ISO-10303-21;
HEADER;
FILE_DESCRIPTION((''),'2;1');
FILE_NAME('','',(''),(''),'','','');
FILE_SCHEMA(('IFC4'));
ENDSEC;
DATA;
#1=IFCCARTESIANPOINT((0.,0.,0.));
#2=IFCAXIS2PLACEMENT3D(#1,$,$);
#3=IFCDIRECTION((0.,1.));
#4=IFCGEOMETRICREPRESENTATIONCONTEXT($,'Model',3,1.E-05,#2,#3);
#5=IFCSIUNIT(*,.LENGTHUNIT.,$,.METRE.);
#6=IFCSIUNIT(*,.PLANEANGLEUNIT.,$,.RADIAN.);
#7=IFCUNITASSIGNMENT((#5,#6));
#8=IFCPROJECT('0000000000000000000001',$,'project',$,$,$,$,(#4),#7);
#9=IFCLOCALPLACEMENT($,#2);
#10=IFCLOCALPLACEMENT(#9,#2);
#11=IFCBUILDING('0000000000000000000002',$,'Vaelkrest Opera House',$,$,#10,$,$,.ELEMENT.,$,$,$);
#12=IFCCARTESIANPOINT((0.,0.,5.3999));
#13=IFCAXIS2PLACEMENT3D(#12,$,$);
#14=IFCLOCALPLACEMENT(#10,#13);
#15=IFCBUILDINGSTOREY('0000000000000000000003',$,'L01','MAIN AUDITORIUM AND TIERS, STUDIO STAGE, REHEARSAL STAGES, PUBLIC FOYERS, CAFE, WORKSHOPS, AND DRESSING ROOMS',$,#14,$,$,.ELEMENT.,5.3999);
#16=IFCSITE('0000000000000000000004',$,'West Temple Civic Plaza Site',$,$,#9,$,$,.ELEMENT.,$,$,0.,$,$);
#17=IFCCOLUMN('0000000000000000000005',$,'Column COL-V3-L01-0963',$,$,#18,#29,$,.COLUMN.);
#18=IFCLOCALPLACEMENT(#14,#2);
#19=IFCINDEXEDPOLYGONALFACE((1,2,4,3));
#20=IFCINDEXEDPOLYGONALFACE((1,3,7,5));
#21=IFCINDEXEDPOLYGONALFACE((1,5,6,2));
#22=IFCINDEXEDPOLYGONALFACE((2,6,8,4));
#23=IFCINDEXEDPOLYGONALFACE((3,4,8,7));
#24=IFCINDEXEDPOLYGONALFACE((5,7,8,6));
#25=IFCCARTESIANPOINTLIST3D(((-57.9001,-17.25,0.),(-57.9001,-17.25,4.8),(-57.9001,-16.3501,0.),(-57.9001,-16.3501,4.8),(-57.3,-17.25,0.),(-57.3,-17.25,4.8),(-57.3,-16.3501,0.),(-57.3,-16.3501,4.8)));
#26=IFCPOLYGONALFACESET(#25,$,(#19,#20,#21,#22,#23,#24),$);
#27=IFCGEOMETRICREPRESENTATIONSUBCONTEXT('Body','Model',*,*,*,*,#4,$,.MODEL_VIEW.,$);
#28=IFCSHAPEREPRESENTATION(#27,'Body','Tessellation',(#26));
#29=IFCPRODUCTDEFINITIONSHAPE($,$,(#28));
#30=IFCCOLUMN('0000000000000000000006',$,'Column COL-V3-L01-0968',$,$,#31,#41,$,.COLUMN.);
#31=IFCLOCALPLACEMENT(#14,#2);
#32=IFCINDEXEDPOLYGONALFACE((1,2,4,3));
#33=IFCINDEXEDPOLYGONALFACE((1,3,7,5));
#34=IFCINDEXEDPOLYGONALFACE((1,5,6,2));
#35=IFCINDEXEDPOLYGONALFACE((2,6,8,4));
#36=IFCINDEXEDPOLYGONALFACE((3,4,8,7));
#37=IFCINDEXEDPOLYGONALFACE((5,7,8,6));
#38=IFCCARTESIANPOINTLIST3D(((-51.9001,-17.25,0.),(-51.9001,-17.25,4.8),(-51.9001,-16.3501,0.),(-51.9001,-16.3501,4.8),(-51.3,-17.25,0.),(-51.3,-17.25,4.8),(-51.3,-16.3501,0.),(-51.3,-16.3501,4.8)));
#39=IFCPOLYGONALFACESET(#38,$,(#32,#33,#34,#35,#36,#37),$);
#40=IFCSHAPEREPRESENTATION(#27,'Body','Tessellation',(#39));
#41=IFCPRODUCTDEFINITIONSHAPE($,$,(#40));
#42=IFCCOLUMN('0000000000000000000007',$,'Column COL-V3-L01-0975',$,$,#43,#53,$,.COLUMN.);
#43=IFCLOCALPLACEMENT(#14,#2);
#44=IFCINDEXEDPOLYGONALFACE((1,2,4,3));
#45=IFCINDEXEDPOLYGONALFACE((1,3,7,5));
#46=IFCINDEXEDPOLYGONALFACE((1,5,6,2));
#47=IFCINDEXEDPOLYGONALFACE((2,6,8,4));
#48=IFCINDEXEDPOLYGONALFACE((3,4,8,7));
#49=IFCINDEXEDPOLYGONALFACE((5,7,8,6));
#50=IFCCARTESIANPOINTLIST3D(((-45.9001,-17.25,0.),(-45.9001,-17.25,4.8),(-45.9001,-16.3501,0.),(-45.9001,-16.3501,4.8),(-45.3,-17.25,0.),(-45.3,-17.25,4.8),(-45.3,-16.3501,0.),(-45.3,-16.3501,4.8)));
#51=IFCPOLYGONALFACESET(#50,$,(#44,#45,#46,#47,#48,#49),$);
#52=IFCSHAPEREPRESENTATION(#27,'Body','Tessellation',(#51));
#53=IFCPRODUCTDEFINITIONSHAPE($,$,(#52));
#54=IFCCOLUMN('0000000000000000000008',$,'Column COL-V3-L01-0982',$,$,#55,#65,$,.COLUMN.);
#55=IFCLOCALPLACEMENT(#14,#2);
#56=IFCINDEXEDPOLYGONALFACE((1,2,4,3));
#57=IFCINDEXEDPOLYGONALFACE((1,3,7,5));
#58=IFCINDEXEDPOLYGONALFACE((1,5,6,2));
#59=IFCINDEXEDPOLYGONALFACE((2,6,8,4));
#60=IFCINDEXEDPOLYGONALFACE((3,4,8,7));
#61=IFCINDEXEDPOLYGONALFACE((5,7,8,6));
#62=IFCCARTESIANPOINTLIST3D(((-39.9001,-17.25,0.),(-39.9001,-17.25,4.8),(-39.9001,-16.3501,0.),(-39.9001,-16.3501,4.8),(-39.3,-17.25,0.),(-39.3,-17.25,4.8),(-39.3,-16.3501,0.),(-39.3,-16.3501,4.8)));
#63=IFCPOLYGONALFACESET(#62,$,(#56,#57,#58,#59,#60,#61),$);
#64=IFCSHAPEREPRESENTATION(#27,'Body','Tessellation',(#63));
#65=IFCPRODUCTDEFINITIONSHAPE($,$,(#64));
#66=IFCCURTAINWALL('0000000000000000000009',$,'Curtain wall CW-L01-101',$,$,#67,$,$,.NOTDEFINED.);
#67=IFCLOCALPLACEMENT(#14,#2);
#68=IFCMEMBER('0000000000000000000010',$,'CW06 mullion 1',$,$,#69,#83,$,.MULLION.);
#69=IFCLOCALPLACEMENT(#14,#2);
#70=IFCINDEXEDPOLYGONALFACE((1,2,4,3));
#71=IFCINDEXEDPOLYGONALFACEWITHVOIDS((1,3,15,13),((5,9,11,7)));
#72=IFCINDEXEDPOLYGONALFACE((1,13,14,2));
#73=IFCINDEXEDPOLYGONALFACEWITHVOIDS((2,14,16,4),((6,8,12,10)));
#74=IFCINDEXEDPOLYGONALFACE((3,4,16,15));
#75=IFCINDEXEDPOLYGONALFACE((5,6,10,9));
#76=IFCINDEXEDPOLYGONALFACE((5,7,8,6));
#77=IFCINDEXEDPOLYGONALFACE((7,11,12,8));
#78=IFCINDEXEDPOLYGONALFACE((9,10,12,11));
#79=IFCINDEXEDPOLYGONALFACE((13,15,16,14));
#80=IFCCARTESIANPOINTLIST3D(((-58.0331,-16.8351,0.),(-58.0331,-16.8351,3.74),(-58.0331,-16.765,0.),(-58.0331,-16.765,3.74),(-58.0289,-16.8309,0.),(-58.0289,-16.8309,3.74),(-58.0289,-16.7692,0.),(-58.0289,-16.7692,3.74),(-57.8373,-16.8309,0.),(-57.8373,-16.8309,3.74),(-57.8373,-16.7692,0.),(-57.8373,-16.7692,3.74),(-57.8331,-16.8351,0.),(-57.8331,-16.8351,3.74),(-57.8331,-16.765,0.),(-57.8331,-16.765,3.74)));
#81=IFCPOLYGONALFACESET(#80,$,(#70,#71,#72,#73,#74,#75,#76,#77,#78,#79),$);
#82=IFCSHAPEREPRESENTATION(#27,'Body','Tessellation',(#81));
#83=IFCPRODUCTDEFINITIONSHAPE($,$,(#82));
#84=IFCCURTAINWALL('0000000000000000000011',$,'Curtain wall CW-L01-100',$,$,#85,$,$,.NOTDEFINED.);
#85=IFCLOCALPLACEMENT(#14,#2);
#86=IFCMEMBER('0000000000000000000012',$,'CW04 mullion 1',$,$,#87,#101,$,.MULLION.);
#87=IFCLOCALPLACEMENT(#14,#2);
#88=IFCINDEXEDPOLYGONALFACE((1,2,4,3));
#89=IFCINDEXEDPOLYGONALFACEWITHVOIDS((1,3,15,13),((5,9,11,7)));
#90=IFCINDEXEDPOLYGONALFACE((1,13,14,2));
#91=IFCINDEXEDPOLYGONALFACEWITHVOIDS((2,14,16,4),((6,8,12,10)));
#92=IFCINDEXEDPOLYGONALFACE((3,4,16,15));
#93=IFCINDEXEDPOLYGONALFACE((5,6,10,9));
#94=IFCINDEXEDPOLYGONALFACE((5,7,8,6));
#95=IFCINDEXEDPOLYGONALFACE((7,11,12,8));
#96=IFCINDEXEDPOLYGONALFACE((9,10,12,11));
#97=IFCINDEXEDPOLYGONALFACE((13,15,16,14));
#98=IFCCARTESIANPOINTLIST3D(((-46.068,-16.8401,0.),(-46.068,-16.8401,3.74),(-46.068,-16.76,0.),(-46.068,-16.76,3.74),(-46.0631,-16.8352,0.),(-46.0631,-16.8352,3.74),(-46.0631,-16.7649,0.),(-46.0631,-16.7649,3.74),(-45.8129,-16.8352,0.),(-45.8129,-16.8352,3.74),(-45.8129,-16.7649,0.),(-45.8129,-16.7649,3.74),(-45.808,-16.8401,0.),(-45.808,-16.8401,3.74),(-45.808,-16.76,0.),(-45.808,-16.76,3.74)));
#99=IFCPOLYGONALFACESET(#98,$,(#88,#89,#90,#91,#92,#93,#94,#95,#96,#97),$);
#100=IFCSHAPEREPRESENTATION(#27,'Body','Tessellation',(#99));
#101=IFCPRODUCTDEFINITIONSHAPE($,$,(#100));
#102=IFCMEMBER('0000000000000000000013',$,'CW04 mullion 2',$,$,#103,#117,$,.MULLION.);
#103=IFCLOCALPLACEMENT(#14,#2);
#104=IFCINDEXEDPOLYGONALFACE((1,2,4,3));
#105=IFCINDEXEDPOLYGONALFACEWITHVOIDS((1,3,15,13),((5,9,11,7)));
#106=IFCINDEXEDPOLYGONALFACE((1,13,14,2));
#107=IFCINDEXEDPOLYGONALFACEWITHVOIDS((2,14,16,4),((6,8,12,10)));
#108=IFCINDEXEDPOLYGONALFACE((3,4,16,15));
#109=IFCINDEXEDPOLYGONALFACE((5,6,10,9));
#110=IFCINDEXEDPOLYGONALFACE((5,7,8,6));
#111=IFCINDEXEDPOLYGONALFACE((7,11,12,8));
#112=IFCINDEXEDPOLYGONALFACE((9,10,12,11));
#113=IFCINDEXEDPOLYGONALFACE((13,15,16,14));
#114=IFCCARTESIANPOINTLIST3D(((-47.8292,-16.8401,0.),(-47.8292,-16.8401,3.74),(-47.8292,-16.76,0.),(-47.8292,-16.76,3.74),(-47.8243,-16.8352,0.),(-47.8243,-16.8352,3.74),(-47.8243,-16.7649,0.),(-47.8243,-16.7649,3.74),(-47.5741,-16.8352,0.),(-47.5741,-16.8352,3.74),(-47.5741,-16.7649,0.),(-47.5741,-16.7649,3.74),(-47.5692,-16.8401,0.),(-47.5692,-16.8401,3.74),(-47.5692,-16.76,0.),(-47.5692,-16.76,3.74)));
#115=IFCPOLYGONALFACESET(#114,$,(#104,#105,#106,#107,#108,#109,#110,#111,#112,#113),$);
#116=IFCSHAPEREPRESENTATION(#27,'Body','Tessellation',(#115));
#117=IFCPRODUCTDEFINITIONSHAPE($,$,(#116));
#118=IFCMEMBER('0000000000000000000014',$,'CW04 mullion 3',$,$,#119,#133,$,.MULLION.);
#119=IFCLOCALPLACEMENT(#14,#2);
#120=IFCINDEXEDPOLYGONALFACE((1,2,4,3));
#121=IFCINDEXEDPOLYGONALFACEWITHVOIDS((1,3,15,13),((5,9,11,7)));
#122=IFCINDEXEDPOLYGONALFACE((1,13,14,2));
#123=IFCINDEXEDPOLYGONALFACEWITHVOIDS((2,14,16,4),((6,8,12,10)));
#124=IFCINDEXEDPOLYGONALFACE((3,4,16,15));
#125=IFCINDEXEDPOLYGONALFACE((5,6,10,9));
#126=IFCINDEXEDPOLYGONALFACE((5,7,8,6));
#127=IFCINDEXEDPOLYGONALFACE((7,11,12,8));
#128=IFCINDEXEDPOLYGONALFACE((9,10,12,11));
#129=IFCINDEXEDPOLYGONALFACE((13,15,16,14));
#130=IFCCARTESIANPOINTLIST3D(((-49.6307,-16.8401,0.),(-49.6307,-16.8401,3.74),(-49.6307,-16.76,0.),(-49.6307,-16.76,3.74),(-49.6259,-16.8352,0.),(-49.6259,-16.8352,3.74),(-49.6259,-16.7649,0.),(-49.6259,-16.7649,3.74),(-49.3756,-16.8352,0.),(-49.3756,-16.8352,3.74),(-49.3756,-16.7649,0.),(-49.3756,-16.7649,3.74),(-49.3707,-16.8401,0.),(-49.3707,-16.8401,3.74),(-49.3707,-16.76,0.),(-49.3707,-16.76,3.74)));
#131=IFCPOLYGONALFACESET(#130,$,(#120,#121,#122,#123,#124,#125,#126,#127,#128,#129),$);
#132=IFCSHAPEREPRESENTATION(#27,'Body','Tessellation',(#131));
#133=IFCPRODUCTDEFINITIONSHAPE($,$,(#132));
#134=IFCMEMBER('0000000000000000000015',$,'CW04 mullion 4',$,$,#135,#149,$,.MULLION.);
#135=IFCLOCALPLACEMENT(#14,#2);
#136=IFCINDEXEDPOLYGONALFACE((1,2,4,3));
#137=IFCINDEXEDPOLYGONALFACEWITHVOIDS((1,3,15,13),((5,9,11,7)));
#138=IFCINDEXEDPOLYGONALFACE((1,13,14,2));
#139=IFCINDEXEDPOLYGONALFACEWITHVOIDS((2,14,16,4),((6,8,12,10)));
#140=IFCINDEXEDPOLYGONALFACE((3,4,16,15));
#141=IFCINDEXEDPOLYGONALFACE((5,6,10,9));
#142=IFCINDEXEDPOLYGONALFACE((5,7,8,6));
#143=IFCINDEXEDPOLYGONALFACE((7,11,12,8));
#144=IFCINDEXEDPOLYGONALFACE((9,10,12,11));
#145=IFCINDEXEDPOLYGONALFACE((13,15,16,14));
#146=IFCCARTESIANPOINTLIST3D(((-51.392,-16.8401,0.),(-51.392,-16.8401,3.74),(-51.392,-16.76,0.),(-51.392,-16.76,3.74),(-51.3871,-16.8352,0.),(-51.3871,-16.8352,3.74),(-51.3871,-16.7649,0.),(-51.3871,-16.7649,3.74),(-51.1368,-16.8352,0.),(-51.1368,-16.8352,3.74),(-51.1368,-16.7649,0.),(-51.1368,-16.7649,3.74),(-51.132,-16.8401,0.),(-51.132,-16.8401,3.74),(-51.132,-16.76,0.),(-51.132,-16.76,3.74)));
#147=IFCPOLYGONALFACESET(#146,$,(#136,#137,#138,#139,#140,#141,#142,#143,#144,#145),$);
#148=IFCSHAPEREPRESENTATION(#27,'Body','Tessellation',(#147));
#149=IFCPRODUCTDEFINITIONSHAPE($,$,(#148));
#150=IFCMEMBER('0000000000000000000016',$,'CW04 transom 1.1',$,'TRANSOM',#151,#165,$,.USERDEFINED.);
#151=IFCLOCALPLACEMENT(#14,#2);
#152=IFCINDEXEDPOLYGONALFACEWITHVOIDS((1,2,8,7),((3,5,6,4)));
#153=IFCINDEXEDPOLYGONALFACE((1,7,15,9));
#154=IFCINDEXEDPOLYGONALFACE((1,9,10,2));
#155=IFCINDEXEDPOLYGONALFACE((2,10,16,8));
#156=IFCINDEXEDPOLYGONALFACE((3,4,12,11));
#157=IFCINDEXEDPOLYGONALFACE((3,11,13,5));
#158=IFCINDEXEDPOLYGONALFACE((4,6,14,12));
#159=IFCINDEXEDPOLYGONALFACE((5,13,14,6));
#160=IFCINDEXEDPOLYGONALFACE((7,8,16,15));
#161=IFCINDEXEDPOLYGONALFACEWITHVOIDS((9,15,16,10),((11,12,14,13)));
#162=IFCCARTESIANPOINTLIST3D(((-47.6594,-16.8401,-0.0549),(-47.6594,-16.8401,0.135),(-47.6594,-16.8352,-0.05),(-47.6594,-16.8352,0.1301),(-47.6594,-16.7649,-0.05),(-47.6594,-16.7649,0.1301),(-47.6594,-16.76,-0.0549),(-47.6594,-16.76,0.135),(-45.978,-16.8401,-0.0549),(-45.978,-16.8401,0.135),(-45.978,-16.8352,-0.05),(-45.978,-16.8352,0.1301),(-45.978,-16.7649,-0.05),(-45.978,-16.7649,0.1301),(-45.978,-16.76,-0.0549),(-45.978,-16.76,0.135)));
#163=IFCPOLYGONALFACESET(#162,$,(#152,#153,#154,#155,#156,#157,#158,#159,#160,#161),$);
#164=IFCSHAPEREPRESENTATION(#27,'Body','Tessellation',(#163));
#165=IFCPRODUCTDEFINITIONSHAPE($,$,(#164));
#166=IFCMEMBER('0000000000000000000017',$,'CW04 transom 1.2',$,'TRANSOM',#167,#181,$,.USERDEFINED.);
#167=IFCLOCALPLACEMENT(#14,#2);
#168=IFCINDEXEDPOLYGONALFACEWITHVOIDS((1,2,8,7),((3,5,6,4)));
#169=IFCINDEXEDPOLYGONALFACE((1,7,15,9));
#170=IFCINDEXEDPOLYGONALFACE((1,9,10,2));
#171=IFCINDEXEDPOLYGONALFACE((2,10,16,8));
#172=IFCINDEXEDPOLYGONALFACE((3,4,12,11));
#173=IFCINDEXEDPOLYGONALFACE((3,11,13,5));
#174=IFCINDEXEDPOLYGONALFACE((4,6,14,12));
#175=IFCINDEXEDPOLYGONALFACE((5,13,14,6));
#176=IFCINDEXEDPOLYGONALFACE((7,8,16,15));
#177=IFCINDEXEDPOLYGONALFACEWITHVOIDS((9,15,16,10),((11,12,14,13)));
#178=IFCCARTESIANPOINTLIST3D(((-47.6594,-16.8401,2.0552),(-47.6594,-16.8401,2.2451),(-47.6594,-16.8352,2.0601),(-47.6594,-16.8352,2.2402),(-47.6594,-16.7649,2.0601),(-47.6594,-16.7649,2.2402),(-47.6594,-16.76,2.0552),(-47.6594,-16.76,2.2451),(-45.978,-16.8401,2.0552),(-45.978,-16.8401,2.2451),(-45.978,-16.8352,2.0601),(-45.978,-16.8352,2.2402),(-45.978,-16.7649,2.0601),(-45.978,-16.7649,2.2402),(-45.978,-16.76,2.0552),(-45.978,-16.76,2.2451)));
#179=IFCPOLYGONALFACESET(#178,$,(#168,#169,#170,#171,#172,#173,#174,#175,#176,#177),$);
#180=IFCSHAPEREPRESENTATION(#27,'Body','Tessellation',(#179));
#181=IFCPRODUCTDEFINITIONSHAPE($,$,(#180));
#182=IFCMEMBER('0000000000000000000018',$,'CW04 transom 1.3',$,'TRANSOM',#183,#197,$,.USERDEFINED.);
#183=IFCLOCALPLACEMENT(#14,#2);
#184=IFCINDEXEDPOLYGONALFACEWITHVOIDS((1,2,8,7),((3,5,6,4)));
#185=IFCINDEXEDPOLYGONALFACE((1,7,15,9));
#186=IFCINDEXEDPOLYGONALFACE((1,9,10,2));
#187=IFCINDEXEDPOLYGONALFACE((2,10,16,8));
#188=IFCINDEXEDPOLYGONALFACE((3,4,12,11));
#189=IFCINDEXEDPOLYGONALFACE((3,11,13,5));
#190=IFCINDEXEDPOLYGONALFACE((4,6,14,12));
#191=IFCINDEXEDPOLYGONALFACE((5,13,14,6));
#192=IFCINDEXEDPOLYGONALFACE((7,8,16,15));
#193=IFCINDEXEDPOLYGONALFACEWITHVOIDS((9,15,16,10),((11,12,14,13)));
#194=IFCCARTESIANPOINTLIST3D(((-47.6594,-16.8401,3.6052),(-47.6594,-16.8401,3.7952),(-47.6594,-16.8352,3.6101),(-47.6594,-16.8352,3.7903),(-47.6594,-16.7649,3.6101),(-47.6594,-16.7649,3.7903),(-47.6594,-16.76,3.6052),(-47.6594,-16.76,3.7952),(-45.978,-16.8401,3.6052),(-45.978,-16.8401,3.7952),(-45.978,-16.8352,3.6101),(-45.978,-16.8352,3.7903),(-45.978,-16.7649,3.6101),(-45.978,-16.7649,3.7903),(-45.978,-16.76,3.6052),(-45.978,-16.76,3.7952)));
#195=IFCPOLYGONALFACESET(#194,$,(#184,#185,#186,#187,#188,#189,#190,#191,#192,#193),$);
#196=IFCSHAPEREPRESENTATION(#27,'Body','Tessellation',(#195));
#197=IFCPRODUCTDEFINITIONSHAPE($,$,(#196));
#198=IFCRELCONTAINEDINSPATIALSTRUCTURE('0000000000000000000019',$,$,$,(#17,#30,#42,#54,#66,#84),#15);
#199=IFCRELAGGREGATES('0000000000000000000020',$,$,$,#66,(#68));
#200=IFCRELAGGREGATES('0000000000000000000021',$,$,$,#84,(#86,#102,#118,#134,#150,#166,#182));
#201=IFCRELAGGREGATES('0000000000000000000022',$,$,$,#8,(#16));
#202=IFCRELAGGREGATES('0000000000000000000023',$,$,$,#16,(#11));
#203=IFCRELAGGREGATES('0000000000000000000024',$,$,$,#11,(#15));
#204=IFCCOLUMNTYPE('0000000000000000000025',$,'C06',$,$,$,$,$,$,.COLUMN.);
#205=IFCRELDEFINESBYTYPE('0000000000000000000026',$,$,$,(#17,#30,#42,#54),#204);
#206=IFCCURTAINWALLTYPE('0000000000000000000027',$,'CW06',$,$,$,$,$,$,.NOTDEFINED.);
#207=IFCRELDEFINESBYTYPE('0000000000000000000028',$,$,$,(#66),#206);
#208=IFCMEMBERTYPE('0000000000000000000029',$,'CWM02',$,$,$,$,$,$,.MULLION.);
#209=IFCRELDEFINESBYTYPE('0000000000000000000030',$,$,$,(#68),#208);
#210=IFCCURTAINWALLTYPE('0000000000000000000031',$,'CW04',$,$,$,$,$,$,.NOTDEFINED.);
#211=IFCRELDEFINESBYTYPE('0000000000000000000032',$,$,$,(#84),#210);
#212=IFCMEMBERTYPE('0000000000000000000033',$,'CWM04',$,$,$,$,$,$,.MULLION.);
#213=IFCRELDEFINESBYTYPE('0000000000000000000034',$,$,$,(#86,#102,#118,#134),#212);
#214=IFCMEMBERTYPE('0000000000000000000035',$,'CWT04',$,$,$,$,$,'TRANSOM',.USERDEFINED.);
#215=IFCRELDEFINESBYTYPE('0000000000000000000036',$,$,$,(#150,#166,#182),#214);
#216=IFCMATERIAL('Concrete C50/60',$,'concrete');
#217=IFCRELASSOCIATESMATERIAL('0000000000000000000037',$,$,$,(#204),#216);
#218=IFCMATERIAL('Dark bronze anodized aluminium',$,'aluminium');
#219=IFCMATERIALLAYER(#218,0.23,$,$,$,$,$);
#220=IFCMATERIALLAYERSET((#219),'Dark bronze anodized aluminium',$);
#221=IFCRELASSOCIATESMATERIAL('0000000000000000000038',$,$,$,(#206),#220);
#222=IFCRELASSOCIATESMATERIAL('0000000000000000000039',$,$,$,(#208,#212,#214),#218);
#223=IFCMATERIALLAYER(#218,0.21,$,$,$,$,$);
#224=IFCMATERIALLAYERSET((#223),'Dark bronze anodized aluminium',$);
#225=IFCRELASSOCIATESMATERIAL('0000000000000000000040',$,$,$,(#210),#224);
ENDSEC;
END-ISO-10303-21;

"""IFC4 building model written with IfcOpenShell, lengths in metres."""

from ifc_helpers import new_model, si_unit, direction, frame, origin, origin_2d, place, context, subcontext, project, spatial, rectangle, hollow_rectangle, extrude, material, layer, layer_set, material_profile, profile_set, type_object, element, aggregate, save


model = new_model("IFC4")

# Units and contexts
model_context = context("Model", 3, precision=1e-05, world=origin(), true_north=direction((0.0, 1.0)))
body_context = subcontext(model_context, "Body", "Model", "MODEL_VIEW")
ifc_project = project(units=[si_unit("LENGTHUNIT", "METRE"), si_unit("PLANEANGLEUNIT", "RADIAN")], contexts=[model_context])

# Site, building, storey
site_placement = place(None, origin())
site = spatial("IfcSite", under=ifc_project, at=site_placement, Name="West Temple Civic Plaza Site", CompositionType="ELEMENT", RefElevation=0.0)
building_placement = place(site_placement, origin())
building = spatial("IfcBuilding", under=site, at=building_placement, Name="Vaelkrest Opera House", CompositionType="ELEMENT")
storey_placement = place(building_placement, frame((0.0, 0.0, 5.3999)))
storey = spatial("IfcBuildingStorey", under=building, at=storey_placement, Name="L01", Description="MAIN AUDITORIUM AND TIERS, STUDIO STAGE, REHEARSAL STAGES, PUBLIC FOYERS, CAFE, WORKSHOPS, AND DRESSING ROOMS", CompositionType="ELEMENT", Elevation=5.3999)

# Columns
ifc_material_1 = material(Name="Concrete C50/60", Category="concrete")
ifc_material_profile_1 = material_profile(ifc_material_1, rectangle(XDim=0.6001, YDim=0.8999, at=origin_2d()), Name="RC600X900")
ifc_profile_set_1 = profile_set([ifc_material_profile_1], Name="Concrete C50/60")
column_type = type_object("IfcColumnType", Name="C06", PredefinedType="COLUMN", material=ifc_profile_set_1)
for number, where, z_axis, x_axis, name in (
    (1, (-57.6001, -16.8, 0.0), (0.0, 0.0, 1.0), (1.0, 0.0, 0.0), "Column COL-V3-L01-0963"),
    (2, (-51.6001, -16.8, 0.0), (0.0, 0.0, 1.0), (1.0, 0.0, 0.0), "Column COL-V3-L01-0968"),
    (3, (-45.6001, -16.8, 0.0), (0.0, 0.0, 1.0), (1.0, 0.0, 0.0), "Column COL-V3-L01-0975"),
    (4, (-39.6001, -16.8, 0.0), (0.0, 0.0, 1.0), (1.0, 0.0, 0.0), "Column COL-V3-L01-0982"),
):
    element("IfcColumn", number, at=place(storey_placement, frame(where, z_axis=z_axis, x_axis=x_axis)), inside=storey, type_object=column_type, Name=name, PredefinedType="COLUMN", context=body_context, shape_type="SweptSolid", body=[
        extrude(rectangle(XDim=0.6001, YDim=0.8999, at=origin_2d()), origin(), (0.0, 0.0, 1.0), 4.8),
    ])

# Curtain wall, member
ifc_material_2 = material(Name="Dark bronze anodized aluminium", Category="aluminium")
ifc_layer_1 = layer(ifc_material_2, 0.23)
ifc_layer_set_1 = layer_set([ifc_layer_1], Name="Dark bronze anodized aluminium")
curtain_wall_type_1 = type_object("IfcCurtainWallType", Name="CW06", PredefinedType="NOTDEFINED", material=ifc_layer_set_1)
curtain_wall_1_placement = place(storey_placement, origin())
curtain_wall_1 = element("IfcCurtainWall", 5, at=curtain_wall_1_placement, inside=storey, type_object=curtain_wall_type_1, Name="Curtain wall CW-L01-101", PredefinedType="NOTDEFINED")
ifc_material_profile_2 = material_profile(ifc_material_2, hollow_rectangle(XDim=0.0701, YDim=0.2, WallThickness=0.0042, at=origin_2d()), Name="CWM70X200")
ifc_profile_set_2 = profile_set([ifc_material_profile_2], Name="Dark bronze anodized aluminium")
member_type_1 = type_object("IfcMemberType", Name="CWM02", PredefinedType="MULLION", material=ifc_profile_set_2)
member_1_placement = place(storey_placement, frame((-57.9331, -16.8, 0.0), z_axis=(0.0, 0.0, 1.0), x_axis=(0.0, -1.0, 0.0)))
member_1 = element("IfcMember", 6, at=member_1_placement, type_object=member_type_1, Name="CW06 mullion 1", PredefinedType="MULLION", context=body_context, shape_type="SweptSolid", body=[
    extrude(hollow_rectangle(XDim=0.0701, YDim=0.2, WallThickness=0.0042, at=origin_2d()), origin(), (0.0, 0.0, 1.0), 3.74),
])
aggregate(curtain_wall_1, [member_1])

# Curtain wall, members
ifc_layer_2 = layer(ifc_material_2, 0.21)
ifc_layer_set_2 = layer_set([ifc_layer_2], Name="Dark bronze anodized aluminium")
curtain_wall_type_2 = type_object("IfcCurtainWallType", Name="CW04", PredefinedType="NOTDEFINED", material=ifc_layer_set_2)
curtain_wall_2_placement = place(storey_placement, origin())
curtain_wall_2 = element("IfcCurtainWall", 7, at=curtain_wall_2_placement, inside=storey, type_object=curtain_wall_type_2, Name="Curtain wall CW-L01-100", PredefinedType="NOTDEFINED")
ifc_material_profile_3 = material_profile(ifc_material_2, hollow_rectangle(XDim=0.0801, YDim=0.26, WallThickness=0.0049, at=origin_2d()), Name="CWM80X260")
ifc_profile_set_3 = profile_set([ifc_material_profile_3], Name="Dark bronze anodized aluminium")
member_type_2 = type_object("IfcMemberType", Name="CWM04", PredefinedType="MULLION", material=ifc_profile_set_3)
member_2_placement = place(storey_placement, frame((-45.938, -16.8, 0.0), z_axis=(0.0, 0.0, 1.0), x_axis=(0.0, -1.0, 0.0)))
member_2 = element("IfcMember", 8, at=member_2_placement, type_object=member_type_2, Name="CW04 mullion 1", PredefinedType="MULLION", context=body_context, shape_type="SweptSolid", body=[
    extrude(hollow_rectangle(XDim=0.0801, YDim=0.26, WallThickness=0.0049, at=origin_2d()), origin(), (0.0, 0.0, 1.0), 3.74),
])
member_3_placement = place(storey_placement, frame((-47.6992, -16.8, 0.0), z_axis=(0.0, 0.0, 1.0), x_axis=(0.0, -1.0, 0.0)))
member_3 = element("IfcMember", 9, at=member_3_placement, type_object=member_type_2, Name="CW04 mullion 2", PredefinedType="MULLION", context=body_context, shape_type="SweptSolid", body=[
    extrude(hollow_rectangle(XDim=0.0801, YDim=0.26, WallThickness=0.0049, at=origin_2d()), origin(), (0.0, 0.0, 1.0), 3.74),
])
member_4_placement = place(storey_placement, frame((-49.5007, -16.8, 0.0), z_axis=(0.0, 0.0, 1.0), x_axis=(0.0, -1.0, 0.0)))
member_4 = element("IfcMember", 10, at=member_4_placement, type_object=member_type_2, Name="CW04 mullion 3", PredefinedType="MULLION", context=body_context, shape_type="SweptSolid", body=[
    extrude(hollow_rectangle(XDim=0.0801, YDim=0.26, WallThickness=0.0049, at=origin_2d()), origin(), (0.0, 0.0, 1.0), 3.74),
])
member_5_placement = place(storey_placement, frame((-51.262, -16.8, 0.0), z_axis=(0.0, 0.0, 1.0), x_axis=(0.0, -1.0, 0.0)))
member_5 = element("IfcMember", 11, at=member_5_placement, type_object=member_type_2, Name="CW04 mullion 4", PredefinedType="MULLION", context=body_context, shape_type="SweptSolid", body=[
    extrude(hollow_rectangle(XDim=0.0801, YDim=0.26, WallThickness=0.0049, at=origin_2d()), origin(), (0.0, 0.0, 1.0), 3.74),
])
ifc_material_profile_4 = material_profile(ifc_material_2, hollow_rectangle(XDim=0.0801, YDim=0.1899, WallThickness=0.0049, at=origin_2d()), Name="CWT80X190")
ifc_profile_set_4 = profile_set([ifc_material_profile_4], Name="Dark bronze anodized aluminium")
member_type_3 = type_object("IfcMemberType", Name="CWT04", ElementType="TRANSOM", PredefinedType="USERDEFINED", material=ifc_profile_set_4)
member_6_placement = place(storey_placement, frame((-45.978, -16.8, 0.04), z_axis=(-1.0, 0.0, 0.0), x_axis=(0.0, -1.0, 0.0)))
member_6 = element("IfcMember", 12, at=member_6_placement, type_object=member_type_3, Name="CW04 transom 1.1", ObjectType="TRANSOM", PredefinedType="USERDEFINED", context=body_context, shape_type="SweptSolid", body=[
    extrude(hollow_rectangle(XDim=0.0801, YDim=0.1899, WallThickness=0.0049, at=origin_2d()), origin(), (0.0, 0.0, 1.0), 1.6814),
])
member_7_placement = place(storey_placement, frame((-45.978, -16.8, 2.1501), z_axis=(-1.0, 0.0, 0.0), x_axis=(0.0, -1.0, 0.0)))
member_7 = element("IfcMember", 13, at=member_7_placement, type_object=member_type_3, Name="CW04 transom 1.2", ObjectType="TRANSOM", PredefinedType="USERDEFINED", context=body_context, shape_type="SweptSolid", body=[
    extrude(hollow_rectangle(XDim=0.0801, YDim=0.1899, WallThickness=0.0049, at=origin_2d()), origin(), (0.0, 0.0, 1.0), 1.6814),
])
member_8_placement = place(storey_placement, frame((-45.978, -16.8, 3.7002), z_axis=(-1.0, 0.0, 0.0), x_axis=(0.0, -1.0, 0.0)))
member_8 = element("IfcMember", 14, at=member_8_placement, type_object=member_type_3, Name="CW04 transom 1.3", ObjectType="TRANSOM", PredefinedType="USERDEFINED", context=body_context, shape_type="SweptSolid", body=[
    extrude(hollow_rectangle(XDim=0.0801, YDim=0.1899, WallThickness=0.0049, at=origin_2d()), origin(), (0.0, 0.0, 1.0), 1.6814),
])

aggregate(curtain_wall_2, [member_2, member_3, member_4, member_5, member_6, member_7, member_8])

save(model, "model.ifc")
